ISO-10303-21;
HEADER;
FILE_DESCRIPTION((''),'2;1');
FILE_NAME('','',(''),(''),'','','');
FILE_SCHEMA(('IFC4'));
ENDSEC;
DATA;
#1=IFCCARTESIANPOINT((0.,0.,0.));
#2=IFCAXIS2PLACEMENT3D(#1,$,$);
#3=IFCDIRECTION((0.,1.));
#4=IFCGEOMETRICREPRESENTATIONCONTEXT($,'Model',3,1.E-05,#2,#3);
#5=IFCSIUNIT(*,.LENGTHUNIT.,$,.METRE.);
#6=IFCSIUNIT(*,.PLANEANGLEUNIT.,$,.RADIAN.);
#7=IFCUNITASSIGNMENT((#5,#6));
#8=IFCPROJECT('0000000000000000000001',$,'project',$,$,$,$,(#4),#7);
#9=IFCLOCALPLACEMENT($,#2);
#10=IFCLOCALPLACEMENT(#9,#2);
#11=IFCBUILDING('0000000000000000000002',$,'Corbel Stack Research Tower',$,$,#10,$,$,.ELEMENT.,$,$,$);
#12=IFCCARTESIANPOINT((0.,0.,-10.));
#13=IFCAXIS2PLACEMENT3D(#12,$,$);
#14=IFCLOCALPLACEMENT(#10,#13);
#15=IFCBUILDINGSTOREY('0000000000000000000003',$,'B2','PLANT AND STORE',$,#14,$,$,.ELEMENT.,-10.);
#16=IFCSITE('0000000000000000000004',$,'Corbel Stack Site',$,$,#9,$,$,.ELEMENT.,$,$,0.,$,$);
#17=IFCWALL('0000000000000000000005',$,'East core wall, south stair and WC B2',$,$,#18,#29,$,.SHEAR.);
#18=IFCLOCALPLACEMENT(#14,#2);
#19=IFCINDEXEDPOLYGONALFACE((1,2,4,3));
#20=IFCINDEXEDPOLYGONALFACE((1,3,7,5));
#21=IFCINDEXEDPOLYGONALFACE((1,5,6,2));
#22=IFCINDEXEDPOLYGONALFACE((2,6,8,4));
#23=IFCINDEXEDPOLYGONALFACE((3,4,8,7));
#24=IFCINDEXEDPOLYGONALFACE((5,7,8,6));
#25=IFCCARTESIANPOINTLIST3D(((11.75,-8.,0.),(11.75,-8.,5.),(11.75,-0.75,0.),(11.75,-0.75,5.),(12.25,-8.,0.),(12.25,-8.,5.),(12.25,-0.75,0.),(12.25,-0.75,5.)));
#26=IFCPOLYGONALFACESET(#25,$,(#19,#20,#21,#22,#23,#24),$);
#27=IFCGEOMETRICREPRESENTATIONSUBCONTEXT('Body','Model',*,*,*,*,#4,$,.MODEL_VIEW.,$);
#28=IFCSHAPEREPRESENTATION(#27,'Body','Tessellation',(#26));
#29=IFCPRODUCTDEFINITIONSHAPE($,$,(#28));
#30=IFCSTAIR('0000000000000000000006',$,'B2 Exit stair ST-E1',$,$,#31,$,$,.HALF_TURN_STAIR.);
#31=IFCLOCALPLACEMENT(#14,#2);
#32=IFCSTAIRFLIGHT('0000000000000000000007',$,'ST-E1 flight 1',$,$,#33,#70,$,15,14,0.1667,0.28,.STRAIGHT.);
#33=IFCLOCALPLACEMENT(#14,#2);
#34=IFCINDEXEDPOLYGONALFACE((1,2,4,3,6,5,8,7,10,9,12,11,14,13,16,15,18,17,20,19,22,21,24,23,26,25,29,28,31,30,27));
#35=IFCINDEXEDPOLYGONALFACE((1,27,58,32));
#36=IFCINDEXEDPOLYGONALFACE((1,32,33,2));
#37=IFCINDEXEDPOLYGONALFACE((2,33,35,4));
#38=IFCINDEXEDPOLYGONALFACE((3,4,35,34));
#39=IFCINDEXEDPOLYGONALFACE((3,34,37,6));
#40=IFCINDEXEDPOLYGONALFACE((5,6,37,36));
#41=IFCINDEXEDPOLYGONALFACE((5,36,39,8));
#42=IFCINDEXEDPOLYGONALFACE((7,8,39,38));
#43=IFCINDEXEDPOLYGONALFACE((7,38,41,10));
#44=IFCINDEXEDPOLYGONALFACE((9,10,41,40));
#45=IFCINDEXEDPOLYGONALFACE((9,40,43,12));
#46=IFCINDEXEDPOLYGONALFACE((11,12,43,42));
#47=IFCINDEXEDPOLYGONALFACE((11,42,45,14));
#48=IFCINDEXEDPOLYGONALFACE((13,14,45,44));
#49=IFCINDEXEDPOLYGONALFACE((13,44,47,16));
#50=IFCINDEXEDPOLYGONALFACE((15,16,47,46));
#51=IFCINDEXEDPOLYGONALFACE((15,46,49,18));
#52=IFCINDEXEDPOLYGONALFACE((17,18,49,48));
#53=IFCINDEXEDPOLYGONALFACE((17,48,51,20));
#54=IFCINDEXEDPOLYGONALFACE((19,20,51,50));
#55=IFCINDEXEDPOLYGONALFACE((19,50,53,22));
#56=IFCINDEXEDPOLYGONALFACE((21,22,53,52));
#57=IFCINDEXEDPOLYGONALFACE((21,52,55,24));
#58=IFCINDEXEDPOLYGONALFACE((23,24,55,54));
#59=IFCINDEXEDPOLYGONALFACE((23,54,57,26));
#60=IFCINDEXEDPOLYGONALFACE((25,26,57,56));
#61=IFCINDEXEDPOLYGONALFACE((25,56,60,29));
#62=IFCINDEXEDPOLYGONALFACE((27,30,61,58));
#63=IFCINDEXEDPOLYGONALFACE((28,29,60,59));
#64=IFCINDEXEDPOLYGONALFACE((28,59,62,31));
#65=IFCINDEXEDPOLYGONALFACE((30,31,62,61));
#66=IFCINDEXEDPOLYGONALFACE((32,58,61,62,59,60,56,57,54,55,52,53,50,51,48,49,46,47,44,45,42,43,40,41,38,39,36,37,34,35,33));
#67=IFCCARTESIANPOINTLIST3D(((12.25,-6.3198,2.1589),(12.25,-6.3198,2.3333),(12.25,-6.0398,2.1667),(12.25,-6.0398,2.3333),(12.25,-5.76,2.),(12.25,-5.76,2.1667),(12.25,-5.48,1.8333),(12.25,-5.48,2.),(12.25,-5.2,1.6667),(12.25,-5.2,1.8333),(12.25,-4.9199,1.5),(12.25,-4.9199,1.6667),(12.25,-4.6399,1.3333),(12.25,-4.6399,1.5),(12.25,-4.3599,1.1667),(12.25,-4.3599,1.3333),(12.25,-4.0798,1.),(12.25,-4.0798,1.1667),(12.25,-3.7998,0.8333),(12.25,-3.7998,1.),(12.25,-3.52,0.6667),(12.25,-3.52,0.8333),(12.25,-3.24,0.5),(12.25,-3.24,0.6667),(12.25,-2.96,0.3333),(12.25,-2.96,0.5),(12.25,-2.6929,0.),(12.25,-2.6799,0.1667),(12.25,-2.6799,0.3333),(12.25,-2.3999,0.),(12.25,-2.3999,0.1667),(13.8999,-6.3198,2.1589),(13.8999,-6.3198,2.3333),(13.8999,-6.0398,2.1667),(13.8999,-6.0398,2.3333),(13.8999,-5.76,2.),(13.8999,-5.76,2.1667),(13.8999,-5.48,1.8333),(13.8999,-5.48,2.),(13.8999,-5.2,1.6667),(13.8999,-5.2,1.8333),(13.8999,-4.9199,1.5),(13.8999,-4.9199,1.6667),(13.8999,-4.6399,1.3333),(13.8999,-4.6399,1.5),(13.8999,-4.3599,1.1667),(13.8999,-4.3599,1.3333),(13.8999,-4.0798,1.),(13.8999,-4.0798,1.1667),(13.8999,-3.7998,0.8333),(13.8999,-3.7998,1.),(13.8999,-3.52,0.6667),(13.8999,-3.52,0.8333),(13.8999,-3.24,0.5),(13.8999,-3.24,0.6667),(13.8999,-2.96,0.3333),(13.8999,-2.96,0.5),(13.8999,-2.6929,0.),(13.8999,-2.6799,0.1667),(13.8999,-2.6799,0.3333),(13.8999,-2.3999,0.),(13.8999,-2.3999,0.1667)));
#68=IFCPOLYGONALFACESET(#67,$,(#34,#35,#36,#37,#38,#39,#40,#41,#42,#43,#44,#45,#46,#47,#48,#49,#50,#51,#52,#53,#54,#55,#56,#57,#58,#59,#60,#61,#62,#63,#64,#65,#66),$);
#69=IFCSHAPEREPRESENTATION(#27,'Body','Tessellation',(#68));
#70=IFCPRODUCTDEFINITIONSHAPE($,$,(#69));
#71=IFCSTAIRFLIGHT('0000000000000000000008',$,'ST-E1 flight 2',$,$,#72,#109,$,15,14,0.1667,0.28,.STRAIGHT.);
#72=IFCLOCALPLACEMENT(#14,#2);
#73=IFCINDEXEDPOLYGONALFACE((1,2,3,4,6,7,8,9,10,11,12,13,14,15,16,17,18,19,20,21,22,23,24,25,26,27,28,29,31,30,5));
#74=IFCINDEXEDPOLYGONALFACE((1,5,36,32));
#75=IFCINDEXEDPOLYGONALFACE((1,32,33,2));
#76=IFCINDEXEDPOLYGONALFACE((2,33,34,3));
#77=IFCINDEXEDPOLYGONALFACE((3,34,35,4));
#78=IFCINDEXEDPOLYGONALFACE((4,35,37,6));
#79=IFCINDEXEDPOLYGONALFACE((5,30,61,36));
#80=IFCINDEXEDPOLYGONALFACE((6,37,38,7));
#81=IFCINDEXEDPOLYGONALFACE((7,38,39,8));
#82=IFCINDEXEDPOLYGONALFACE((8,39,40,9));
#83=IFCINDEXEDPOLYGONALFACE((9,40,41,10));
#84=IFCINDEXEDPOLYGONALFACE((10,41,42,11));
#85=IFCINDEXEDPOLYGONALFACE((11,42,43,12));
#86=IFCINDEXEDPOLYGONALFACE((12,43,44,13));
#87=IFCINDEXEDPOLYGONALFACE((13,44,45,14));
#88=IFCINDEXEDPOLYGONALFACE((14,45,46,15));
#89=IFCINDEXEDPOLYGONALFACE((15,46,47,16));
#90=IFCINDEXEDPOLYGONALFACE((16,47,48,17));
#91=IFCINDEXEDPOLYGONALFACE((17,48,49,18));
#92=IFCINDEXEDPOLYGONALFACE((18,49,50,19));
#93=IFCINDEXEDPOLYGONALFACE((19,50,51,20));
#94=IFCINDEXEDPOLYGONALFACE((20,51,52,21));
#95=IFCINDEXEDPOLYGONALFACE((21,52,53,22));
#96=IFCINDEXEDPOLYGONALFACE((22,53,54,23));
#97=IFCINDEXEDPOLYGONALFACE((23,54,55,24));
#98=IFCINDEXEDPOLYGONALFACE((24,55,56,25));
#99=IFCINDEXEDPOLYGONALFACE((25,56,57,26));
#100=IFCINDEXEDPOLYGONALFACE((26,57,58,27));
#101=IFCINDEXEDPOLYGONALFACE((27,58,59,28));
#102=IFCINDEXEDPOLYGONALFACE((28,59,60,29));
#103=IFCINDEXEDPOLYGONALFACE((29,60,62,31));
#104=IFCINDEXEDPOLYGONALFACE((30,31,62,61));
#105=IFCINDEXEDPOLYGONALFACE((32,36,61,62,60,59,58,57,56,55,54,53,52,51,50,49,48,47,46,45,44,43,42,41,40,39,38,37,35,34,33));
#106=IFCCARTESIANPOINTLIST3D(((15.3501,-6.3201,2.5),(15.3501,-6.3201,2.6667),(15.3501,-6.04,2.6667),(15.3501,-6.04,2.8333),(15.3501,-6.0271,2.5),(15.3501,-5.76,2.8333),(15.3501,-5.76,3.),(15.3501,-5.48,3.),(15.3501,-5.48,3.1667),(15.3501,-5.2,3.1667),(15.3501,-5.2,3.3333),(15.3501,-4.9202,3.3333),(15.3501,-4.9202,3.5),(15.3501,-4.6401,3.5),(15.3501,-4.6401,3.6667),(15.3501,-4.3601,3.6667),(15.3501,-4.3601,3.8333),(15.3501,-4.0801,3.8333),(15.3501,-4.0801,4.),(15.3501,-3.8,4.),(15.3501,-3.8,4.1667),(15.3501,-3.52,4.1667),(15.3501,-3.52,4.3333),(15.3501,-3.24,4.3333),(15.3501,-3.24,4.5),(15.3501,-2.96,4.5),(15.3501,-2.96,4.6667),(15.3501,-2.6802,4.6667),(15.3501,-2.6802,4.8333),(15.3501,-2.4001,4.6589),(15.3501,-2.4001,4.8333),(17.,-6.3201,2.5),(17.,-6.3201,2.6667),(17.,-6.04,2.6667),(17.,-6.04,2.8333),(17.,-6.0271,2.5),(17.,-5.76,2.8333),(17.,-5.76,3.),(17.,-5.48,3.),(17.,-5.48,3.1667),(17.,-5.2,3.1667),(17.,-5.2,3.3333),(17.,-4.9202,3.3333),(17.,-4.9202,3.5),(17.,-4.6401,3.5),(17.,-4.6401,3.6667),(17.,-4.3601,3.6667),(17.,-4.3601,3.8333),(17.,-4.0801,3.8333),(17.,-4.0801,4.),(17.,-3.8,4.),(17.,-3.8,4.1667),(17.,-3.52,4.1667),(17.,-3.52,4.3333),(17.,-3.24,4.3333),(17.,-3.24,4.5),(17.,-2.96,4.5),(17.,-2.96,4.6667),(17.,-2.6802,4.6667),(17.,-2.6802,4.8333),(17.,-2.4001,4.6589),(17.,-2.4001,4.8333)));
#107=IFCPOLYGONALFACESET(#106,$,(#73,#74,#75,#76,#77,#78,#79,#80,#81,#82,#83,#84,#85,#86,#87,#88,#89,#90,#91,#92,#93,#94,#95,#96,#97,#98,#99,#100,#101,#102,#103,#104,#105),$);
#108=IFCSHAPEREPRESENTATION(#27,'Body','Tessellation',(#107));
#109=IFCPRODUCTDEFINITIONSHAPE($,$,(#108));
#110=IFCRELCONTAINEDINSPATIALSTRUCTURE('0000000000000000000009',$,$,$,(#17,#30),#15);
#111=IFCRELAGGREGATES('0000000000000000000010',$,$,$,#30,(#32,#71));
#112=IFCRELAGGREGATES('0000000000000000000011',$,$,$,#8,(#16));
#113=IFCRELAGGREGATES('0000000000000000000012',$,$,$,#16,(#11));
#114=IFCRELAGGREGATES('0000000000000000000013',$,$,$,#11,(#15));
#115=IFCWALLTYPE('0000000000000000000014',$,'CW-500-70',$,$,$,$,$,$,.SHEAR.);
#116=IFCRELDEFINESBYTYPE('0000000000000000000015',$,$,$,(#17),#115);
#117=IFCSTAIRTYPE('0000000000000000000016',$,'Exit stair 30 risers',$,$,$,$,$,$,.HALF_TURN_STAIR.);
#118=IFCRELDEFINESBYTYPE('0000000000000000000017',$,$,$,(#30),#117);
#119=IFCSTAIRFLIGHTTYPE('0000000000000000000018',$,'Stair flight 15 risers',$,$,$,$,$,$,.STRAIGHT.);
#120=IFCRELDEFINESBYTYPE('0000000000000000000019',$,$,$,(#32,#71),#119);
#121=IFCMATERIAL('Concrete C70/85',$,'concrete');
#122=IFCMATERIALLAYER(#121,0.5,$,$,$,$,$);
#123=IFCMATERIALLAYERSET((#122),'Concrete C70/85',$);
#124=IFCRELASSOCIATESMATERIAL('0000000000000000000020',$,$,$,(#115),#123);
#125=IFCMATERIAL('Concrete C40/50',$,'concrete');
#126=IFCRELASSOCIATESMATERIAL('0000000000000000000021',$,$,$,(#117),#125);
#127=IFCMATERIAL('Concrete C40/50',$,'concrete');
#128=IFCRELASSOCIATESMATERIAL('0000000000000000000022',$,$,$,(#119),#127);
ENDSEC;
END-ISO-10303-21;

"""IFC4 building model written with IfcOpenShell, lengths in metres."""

from ifc_helpers import new_model, si_unit, direction, frame, frame_2d, origin, place, context, subcontext, project, spatial, polyline, rectangle, outline, extrude, material, layer, layer_set, type_object, element, aggregate, save


model = new_model("IFC4")

# Units and contexts
model_context = context("Model", 3, precision=1e-05, world=origin(), true_north=direction((0.0, 1.0)))
body_context = subcontext(model_context, "Body", "Model", "MODEL_VIEW")
ifc_project = project(units=[si_unit("LENGTHUNIT", "METRE"), si_unit("PLANEANGLEUNIT", "RADIAN")], contexts=[model_context])

# Site, building, storey
site_placement = place(None, origin())
site = spatial("IfcSite", under=ifc_project, at=site_placement, Name="Corbel Stack Site", CompositionType="ELEMENT", RefElevation=0.0)
building_placement = place(site_placement, origin())
building = spatial("IfcBuilding", under=site, at=building_placement, Name="Corbel Stack Research Tower", CompositionType="ELEMENT")
storey_placement = place(building_placement, frame((0.0, 0.0, -10.0)))
storey = spatial("IfcBuildingStorey", under=building, at=storey_placement, Name="B2", Description="PLANT AND STORE", CompositionType="ELEMENT", Elevation=-10.0)

# Wall
ifc_material_1 = material(Name="Concrete C70/85", Category="concrete")
ifc_layer_1 = layer(ifc_material_1, 0.5)
ifc_layer_set_1 = layer_set([ifc_layer_1], Name="Concrete C70/85")
wall_type_1 = type_object("IfcWallType", Name="CW-500-70", PredefinedType="SHEAR", material=ifc_layer_set_1)
wall_1_placement = place(storey_placement, frame((12.0, -8.0, 0.0), z_axis=(0.0, 0.0, 1.0), x_axis=(0.0, 1.0, 0.0)))
element("IfcWall", 1, at=wall_1_placement, inside=storey, type_object=wall_type_1, Name="East core wall, south stair and WC B2", PredefinedType="SHEAR", context=body_context, shape_type="SweptSolid", body=[
    extrude(rectangle(XDim=7.25, YDim=0.5, at=frame_2d((3.625, 0.0))), origin(), (0.0, 0.0, 1.0), 5.0),
])

# Stair, stair flights
ifc_material_2 = material(Name="Concrete C40/50", Category="concrete")
stair_type = type_object("IfcStairType", Name="Exit stair 30 risers", PredefinedType="HALF_TURN_STAIR", material=ifc_material_2)
stair_placement = place(storey_placement, origin())
stair = element("IfcStair", 2, at=stair_placement, inside=storey, type_object=stair_type, Name="B2 Exit stair ST-E1", PredefinedType="HALF_TURN_STAIR")
ifc_material_3 = material(Name="Concrete C40/50", Category="concrete")
stair_flight_type = type_object("IfcStairFlightType", Name="Stair flight 15 risers", PredefinedType="STRAIGHT", material=ifc_material_3)
stair_flight_1_placement = place(storey_placement, frame((13.075, -2.3999, 0.0), z_axis=(0.0, 0.0, 1.0), x_axis=(0.0, -1.0, 0.0)))
stair_flight_1 = element("IfcStairFlight", 3, at=stair_flight_1_placement, type_object=stair_flight_type, Name="ST-E1 flight 1", NumberOfRisers=15, NumberOfTreads=14, PredefinedType="STRAIGHT", RiserHeight=0.1667, TreadLength=0.28, context=body_context, shape_type="SweptSolid", body=[
    extrude(outline(polyline([(0.0, 0.0), (0.0, 0.1667), (0.28, 0.1667), (0.28, 0.3333), (0.5601, 0.3333), (0.5601, 0.5), (0.8401, 0.5), (0.8401, 0.6667), (1.1201, 0.6667), (1.1201, 0.8333), (1.3999, 0.8333), (1.3999, 1.0), (1.6799, 1.0), (1.6799, 1.1667), (1.96, 1.1667), (1.96, 1.3333), (2.24, 1.3333), (2.24, 1.5), (2.52, 1.5), (2.52, 1.6667), (2.8, 1.6667), (2.8, 1.8333), (3.0801, 1.8333), (3.0801, 2.0), (3.3601, 2.0), (3.3601, 2.1667), (3.6399, 2.1667), (3.6399, 2.3333), (3.9199, 2.3333), (3.9199, 2.5), (3.9199, 2.1589), (0.293, 0.0), (0.0, 0.0)])), frame((0.0, 0.825, 0.0), z_axis=(0.0, -1.0, 0.0), x_axis=(1.0, 0.0, 0.0)), (0.0, 0.0, 1.0), 1.6499),
])
stair_flight_2_placement = place(storey_placement, frame((16.175, -6.3201, 2.5), z_axis=(0.0, 0.0, 1.0), x_axis=(0.0, 1.0, 0.0)))
stair_flight_2 = element("IfcStairFlight", 4, at=stair_flight_2_placement, type_object=stair_flight_type, Name="ST-E1 flight 2", NumberOfRisers=15, NumberOfTreads=14, PredefinedType="STRAIGHT", RiserHeight=0.1667, TreadLength=0.28, context=body_context, shape_type="SweptSolid", body=[
    extrude(outline(polyline([(0.0, 0.0), (0.0, 0.1667), (0.28, 0.1667), (0.28, 0.3333), (0.5601, 0.3333), (0.5601, 0.5), (0.8401, 0.5), (0.8401, 0.6667), (1.1201, 0.6667), (1.1201, 0.8333), (1.3999, 0.8333), (1.3999, 1.0), (1.6799, 1.0), (1.6799, 1.1667), (1.96, 1.1667), (1.96, 1.3333), (2.24, 1.3333), (2.24, 1.5), (2.52, 1.5), (2.52, 1.6667), (2.8, 1.6667), (2.8, 1.8333), (3.0801, 1.8333), (3.0801, 2.0), (3.3601, 2.0), (3.3601, 2.1667), (3.6399, 2.1667), (3.6399, 2.3333), (3.9199, 2.3333), (3.9199, 2.5), (3.9199, 2.1589), (0.293, 0.0), (0.0, 0.0)])), frame((0.0, 0.825, 0.0), z_axis=(0.0, -1.0, 0.0), x_axis=(1.0, 0.0, 0.0)), (0.0, 0.0, 1.0), 1.6499),
])
aggregate(stair, [stair_flight_1, stair_flight_2])

save(model, "model.ifc")
